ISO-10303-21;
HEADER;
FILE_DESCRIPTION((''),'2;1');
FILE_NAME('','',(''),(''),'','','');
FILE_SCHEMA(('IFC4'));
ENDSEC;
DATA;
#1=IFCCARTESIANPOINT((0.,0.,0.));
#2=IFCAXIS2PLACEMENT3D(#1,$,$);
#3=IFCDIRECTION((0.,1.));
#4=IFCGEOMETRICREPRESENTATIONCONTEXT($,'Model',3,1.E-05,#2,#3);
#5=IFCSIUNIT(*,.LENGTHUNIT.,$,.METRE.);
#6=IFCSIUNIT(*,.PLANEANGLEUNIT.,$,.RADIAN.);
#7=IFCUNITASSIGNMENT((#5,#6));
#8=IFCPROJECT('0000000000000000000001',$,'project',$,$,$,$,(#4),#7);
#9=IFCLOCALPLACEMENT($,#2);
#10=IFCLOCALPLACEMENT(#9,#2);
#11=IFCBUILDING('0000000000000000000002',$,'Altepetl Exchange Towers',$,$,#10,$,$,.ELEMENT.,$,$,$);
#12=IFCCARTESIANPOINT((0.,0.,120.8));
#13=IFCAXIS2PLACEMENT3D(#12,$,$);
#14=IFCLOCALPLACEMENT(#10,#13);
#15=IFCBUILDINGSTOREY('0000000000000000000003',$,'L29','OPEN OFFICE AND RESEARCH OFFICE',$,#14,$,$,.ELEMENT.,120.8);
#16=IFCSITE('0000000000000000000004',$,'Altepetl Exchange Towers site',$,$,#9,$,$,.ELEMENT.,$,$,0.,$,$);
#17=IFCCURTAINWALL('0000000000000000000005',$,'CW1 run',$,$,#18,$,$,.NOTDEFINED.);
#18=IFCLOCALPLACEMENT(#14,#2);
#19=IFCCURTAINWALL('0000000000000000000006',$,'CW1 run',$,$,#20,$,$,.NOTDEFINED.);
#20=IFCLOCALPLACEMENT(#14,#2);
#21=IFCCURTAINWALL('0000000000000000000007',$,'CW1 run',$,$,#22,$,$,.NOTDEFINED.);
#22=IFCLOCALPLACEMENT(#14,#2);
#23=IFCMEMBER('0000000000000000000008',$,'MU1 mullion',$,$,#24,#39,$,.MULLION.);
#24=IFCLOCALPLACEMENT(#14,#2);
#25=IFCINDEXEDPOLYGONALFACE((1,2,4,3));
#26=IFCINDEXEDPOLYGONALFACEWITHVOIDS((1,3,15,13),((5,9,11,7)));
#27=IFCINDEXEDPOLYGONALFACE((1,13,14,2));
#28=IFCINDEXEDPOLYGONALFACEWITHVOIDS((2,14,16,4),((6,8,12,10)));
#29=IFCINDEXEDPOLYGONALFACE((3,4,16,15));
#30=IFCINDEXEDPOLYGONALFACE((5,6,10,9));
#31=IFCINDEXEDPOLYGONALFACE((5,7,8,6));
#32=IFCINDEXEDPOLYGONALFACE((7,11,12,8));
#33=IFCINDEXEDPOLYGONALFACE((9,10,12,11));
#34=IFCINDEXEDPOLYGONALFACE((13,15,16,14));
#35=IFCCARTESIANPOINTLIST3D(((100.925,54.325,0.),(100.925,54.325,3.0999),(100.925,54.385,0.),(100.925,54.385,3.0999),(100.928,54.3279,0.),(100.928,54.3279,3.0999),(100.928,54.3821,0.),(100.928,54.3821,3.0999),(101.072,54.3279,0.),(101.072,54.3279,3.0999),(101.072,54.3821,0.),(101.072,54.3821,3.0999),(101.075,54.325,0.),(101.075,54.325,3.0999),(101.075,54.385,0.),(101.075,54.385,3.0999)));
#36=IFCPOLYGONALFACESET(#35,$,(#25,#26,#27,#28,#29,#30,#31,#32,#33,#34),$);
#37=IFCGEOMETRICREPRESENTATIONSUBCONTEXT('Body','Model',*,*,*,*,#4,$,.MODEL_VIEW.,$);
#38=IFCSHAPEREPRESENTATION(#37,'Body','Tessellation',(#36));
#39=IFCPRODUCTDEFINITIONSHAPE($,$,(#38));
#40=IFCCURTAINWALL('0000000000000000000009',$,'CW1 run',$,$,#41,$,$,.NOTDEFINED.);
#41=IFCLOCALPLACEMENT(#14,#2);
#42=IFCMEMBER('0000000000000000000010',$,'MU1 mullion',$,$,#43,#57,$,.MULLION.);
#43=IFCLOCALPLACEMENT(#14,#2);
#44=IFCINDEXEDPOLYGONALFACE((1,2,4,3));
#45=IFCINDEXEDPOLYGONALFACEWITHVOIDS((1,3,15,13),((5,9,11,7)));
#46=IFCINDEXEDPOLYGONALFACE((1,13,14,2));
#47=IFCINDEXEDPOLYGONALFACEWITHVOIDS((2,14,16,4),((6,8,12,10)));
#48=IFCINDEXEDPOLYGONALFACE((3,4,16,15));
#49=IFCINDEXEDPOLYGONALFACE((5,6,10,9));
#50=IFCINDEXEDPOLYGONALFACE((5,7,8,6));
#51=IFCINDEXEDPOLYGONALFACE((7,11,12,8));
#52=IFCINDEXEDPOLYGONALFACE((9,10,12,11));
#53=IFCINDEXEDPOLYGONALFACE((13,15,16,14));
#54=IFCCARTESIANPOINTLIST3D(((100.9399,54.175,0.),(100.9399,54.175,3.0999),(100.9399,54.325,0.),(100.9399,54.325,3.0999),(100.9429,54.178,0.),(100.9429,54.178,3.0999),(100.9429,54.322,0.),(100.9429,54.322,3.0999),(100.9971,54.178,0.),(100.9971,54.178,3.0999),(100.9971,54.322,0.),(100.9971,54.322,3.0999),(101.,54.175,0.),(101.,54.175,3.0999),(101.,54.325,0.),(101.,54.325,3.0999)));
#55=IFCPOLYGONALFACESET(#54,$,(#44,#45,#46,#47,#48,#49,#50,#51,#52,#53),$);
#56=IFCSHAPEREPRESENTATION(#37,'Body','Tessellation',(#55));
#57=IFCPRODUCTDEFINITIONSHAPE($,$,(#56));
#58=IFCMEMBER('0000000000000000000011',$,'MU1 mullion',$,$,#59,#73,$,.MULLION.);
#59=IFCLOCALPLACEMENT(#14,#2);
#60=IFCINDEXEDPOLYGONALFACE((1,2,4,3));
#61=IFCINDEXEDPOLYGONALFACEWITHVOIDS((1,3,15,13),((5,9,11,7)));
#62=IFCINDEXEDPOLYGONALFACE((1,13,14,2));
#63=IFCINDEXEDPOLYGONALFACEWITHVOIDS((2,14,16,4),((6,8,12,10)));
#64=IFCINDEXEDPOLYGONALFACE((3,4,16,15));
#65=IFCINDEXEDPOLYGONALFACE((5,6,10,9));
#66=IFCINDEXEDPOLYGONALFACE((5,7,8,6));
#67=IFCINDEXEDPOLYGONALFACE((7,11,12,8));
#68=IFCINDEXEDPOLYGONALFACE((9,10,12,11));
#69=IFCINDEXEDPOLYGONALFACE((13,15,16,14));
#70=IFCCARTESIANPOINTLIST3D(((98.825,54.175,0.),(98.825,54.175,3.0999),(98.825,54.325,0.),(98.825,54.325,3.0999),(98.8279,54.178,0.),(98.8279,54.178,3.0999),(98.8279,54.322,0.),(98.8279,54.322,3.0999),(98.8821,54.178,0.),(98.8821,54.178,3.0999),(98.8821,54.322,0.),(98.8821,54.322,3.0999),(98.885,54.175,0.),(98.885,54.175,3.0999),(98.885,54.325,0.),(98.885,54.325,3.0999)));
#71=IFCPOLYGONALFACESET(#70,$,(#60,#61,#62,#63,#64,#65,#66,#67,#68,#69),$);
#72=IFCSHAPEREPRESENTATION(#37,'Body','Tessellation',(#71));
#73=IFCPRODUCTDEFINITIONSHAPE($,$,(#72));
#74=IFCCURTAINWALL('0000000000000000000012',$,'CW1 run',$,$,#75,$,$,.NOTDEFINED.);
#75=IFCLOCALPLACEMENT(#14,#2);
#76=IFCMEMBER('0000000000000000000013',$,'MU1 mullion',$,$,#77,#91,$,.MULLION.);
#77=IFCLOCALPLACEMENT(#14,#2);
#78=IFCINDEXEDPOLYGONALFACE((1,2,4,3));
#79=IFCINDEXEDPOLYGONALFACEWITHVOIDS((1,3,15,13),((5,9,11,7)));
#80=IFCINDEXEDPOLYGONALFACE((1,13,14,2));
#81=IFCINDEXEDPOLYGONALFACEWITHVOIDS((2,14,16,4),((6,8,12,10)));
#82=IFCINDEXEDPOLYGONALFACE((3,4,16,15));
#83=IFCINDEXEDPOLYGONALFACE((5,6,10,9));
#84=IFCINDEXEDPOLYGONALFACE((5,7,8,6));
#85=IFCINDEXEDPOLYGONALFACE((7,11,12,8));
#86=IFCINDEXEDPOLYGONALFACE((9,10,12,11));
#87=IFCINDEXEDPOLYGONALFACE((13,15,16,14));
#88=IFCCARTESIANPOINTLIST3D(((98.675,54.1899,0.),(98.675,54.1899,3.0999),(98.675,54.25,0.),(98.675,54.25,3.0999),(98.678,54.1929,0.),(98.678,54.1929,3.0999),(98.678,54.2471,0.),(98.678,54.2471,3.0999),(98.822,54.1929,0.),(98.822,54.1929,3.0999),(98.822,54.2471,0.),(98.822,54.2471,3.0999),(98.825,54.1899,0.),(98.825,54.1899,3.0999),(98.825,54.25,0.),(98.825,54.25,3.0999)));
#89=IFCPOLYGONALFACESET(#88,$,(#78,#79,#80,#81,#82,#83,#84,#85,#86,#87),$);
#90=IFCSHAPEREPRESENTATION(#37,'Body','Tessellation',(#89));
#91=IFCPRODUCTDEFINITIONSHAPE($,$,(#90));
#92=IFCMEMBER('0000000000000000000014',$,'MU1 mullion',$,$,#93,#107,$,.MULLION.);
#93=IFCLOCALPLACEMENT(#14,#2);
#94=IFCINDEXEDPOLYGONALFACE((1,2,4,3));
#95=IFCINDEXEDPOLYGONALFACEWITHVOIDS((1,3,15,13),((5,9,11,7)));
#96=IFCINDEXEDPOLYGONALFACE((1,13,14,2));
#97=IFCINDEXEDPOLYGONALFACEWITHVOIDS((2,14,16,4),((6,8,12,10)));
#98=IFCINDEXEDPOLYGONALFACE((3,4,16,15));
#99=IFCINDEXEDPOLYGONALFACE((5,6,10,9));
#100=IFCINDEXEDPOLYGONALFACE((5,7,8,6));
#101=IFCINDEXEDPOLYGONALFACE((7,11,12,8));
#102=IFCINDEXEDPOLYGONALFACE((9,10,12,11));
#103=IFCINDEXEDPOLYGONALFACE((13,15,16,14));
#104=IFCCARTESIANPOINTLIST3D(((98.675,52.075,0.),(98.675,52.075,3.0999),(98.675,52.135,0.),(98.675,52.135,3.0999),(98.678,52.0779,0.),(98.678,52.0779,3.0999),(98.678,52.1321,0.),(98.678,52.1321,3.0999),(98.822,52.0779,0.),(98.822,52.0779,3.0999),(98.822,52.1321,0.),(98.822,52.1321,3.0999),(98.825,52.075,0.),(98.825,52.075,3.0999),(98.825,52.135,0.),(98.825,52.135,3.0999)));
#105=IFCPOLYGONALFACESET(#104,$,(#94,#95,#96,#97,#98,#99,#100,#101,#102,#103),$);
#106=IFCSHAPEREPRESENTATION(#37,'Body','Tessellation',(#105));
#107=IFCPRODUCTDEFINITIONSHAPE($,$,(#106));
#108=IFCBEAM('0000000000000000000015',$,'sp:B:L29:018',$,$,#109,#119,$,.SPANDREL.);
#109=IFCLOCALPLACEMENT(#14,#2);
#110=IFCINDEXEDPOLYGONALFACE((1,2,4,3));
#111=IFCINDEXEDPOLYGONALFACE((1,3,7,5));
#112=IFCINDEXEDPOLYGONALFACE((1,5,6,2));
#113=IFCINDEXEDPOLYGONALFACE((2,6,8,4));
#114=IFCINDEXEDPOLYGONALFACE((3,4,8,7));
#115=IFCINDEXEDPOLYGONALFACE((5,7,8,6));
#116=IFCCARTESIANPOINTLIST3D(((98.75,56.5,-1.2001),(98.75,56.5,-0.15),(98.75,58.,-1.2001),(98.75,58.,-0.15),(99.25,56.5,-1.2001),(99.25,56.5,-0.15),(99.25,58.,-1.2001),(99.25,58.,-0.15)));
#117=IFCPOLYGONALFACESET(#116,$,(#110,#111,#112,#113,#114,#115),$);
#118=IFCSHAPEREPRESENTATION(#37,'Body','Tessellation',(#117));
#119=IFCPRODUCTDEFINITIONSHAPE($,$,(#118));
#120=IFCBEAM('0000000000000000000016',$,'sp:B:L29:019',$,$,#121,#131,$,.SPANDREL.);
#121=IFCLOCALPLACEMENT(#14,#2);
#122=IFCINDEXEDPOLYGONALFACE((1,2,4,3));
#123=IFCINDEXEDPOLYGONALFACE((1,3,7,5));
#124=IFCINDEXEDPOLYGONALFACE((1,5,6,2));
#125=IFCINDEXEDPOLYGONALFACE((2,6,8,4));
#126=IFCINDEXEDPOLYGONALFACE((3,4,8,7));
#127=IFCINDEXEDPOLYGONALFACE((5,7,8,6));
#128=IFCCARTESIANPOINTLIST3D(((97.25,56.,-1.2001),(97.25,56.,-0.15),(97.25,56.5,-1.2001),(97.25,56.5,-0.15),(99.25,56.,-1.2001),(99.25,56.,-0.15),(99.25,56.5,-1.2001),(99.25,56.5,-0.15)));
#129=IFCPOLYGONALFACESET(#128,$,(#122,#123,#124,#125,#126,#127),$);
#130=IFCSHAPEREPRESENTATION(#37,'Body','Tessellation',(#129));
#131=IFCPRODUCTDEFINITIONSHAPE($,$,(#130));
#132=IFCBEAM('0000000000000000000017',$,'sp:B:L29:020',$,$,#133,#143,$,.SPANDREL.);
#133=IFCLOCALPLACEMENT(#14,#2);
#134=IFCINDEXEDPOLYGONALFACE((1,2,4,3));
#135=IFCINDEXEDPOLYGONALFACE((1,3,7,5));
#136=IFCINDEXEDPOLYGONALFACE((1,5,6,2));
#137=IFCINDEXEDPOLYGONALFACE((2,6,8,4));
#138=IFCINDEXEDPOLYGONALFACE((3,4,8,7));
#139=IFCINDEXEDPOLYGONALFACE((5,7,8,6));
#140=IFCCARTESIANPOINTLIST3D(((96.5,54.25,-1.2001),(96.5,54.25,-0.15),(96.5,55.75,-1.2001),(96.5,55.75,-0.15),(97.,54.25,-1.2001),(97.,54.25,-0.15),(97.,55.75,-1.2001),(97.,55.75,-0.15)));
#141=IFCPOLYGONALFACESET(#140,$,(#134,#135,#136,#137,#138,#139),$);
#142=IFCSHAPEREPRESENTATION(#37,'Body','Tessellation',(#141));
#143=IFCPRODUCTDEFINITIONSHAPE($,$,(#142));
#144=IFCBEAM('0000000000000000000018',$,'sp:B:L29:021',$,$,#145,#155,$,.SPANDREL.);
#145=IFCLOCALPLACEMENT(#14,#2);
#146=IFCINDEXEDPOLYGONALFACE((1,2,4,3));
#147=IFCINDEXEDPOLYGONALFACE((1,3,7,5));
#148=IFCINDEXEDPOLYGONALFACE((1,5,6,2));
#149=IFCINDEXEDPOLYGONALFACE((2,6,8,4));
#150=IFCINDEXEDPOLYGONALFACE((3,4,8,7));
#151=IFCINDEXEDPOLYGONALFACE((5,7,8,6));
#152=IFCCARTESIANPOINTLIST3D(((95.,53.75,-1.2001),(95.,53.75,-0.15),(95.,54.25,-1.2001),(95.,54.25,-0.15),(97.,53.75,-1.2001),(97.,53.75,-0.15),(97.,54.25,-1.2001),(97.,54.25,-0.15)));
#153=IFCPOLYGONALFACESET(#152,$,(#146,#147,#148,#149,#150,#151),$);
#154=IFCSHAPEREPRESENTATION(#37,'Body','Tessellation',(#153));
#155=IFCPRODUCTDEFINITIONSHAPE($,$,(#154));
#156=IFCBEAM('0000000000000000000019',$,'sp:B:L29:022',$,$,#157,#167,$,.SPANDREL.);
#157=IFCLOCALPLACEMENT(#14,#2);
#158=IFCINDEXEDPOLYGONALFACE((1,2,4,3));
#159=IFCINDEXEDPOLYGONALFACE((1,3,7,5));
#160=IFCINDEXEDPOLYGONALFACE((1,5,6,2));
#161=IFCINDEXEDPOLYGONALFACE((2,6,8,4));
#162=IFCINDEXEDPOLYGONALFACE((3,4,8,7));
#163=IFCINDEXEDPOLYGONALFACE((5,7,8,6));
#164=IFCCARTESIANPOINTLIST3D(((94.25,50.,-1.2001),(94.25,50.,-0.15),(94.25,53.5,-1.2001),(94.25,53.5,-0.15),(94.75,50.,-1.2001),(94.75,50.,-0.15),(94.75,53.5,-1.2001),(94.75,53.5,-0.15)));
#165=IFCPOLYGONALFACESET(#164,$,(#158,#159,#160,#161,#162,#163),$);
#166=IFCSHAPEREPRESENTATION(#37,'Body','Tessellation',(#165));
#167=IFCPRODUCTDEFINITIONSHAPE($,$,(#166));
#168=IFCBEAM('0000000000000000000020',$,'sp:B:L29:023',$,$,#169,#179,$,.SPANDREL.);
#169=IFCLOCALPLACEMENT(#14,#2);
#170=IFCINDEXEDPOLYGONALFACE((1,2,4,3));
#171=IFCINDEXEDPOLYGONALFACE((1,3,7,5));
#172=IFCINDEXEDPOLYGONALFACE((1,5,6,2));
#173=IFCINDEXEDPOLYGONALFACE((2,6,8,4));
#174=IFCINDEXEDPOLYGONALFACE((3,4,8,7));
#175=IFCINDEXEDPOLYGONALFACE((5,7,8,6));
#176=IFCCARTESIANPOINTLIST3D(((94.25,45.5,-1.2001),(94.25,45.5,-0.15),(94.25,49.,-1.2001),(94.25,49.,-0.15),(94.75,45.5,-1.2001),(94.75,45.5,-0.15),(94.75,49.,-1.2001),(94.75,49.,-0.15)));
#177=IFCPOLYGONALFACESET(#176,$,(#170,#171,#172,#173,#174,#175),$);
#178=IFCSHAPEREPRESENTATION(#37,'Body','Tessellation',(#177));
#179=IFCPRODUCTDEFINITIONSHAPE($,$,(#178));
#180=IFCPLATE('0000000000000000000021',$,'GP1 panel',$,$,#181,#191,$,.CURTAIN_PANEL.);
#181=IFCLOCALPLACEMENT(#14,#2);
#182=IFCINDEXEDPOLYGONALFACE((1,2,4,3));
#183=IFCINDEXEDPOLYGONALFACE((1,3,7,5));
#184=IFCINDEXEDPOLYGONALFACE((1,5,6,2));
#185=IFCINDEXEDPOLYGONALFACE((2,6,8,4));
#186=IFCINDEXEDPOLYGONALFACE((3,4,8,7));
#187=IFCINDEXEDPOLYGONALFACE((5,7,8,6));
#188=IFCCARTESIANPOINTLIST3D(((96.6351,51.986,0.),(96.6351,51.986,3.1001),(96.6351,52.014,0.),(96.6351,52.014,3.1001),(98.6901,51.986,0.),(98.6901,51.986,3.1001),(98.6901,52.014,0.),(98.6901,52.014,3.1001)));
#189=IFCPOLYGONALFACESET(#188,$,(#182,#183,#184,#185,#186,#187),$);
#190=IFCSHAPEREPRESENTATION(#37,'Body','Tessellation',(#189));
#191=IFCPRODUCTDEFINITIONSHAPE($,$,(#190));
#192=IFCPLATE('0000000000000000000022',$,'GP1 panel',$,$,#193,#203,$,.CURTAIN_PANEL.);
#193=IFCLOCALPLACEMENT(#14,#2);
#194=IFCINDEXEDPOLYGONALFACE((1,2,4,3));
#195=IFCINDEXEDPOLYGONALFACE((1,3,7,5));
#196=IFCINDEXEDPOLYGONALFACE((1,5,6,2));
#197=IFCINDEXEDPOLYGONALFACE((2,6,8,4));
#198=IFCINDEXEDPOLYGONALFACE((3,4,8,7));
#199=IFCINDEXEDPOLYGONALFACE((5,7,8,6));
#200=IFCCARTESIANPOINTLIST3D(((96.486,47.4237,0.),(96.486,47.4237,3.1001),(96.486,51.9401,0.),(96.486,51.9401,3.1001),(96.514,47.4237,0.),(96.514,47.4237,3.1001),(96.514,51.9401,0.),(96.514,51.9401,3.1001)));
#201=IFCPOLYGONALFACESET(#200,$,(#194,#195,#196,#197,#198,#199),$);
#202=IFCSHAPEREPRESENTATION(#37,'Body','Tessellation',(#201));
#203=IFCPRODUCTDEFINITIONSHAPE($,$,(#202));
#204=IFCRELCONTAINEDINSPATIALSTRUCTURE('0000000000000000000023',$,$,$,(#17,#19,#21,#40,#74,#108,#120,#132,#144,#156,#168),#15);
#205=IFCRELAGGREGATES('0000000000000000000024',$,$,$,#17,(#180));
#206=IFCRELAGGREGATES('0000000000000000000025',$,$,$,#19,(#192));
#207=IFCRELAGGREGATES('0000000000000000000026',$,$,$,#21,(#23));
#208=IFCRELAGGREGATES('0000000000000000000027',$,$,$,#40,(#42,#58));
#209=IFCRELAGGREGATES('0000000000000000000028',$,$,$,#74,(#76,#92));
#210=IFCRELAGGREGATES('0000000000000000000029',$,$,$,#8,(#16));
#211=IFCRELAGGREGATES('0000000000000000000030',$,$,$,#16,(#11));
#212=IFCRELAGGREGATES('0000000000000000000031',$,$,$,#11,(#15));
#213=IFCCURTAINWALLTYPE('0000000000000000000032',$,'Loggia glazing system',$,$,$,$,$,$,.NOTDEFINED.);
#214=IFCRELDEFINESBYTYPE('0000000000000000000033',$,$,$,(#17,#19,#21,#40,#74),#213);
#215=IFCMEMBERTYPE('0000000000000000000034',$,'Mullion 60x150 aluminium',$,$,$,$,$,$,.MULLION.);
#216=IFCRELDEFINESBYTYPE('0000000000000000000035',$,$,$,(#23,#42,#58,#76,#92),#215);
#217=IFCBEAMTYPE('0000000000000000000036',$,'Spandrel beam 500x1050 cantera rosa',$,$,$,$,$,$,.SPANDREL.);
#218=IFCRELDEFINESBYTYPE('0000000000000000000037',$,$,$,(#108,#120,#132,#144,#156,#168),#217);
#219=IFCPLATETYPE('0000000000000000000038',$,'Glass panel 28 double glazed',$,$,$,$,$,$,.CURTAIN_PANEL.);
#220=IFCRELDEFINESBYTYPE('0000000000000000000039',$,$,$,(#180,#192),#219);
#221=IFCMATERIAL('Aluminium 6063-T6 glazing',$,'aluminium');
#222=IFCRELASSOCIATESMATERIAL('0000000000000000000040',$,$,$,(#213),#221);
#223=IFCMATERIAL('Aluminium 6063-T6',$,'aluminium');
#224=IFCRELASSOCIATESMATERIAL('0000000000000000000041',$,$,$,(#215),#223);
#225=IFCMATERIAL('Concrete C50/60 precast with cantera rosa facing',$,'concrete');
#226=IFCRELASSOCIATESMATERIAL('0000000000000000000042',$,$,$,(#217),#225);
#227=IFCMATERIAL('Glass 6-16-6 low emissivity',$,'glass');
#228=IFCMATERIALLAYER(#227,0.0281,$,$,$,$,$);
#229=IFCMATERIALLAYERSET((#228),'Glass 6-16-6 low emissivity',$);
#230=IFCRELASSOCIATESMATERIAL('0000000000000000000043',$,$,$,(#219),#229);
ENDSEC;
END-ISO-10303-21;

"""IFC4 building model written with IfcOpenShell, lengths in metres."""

from ifc_helpers import new_model, si_unit, direction, frame, origin, origin_2d, place, context, subcontext, project, spatial, rectangle, hollow_rectangle, extrude, material, layer, layer_set, material_profile, profile_set, type_object, element, aggregate, save


model = new_model("IFC4")

# Units and contexts
model_context = context("Model", 3, precision=1e-05, world=origin(), true_north=direction((0.0, 1.0)))
body_context = subcontext(model_context, "Body", "Model", "MODEL_VIEW")
ifc_project = project(units=[si_unit("LENGTHUNIT", "METRE"), si_unit("PLANEANGLEUNIT", "RADIAN")], contexts=[model_context])

# Site, building, storey
site_placement = place(None, origin())
site = spatial("IfcSite", under=ifc_project, at=site_placement, Name="Altepetl Exchange Towers site", CompositionType="ELEMENT", RefElevation=0.0)
building_placement = place(site_placement, origin())
building = spatial("IfcBuilding", under=site, at=building_placement, Name="Altepetl Exchange Towers", CompositionType="ELEMENT")
storey_placement = place(building_placement, frame((0.0, 0.0, 120.8)))
storey = spatial("IfcBuildingStorey", under=building, at=storey_placement, Name="L29", Description="OPEN OFFICE AND RESEARCH OFFICE", CompositionType="ELEMENT", Elevation=120.8)

# Curtain walls, members
ifc_material_1 = material(Name="Aluminium 6063-T6 glazing", Category="aluminium")
curtain_wall_type = type_object("IfcCurtainWallType", Name="Loggia glazing system", PredefinedType="NOTDEFINED", material=ifc_material_1)
curtain_wall_1_placement = place(storey_placement, origin())
curtain_wall_1 = element("IfcCurtainWall", 1, at=curtain_wall_1_placement, inside=storey, type_object=curtain_wall_type, Name="CW1 run", PredefinedType="NOTDEFINED")
ifc_material_2 = material(Name="Aluminium 6063-T6", Category="aluminium")
ifc_material_profile_1 = material_profile(ifc_material_2, hollow_rectangle(XDim=0.0601, YDim=0.1499, WallThickness=0.0029, at=origin_2d()), Name="Mullion 60x150 aluminium")
ifc_profile_set_1 = profile_set([ifc_material_profile_1], Name="Aluminium 6063-T6")
member_type = type_object("IfcMemberType", Name="Mullion 60x150 aluminium", PredefinedType="MULLION", material=ifc_profile_set_1)
curtain_wall_2_placement = place(storey_placement, origin())
curtain_wall_2 = element("IfcCurtainWall", 2, at=curtain_wall_2_placement, inside=storey, type_object=curtain_wall_type, Name="CW1 run", PredefinedType="NOTDEFINED")
curtain_wall_3_placement = place(storey_placement, origin())
curtain_wall_3 = element("IfcCurtainWall", 3, at=curtain_wall_3_placement, inside=storey, type_object=curtain_wall_type, Name="CW1 run", PredefinedType="NOTDEFINED")
member_1_placement = place(storey_placement, frame((101.0, 54.355, 0.0), z_axis=(0.0, 0.0, 1.0), x_axis=(0.0, -1.0, 0.0)))
member_1 = element("IfcMember", 4, at=member_1_placement, type_object=member_type, Name="MU1 mullion", PredefinedType="MULLION", context=body_context, shape_type="SweptSolid", body=[
    extrude(hollow_rectangle(XDim=0.0601, YDim=0.1499, WallThickness=0.0029, at=origin_2d()), origin(), (0.0, 0.0, 1.0), 3.0999),
])
curtain_wall_4_placement = place(storey_placement, origin())
curtain_wall_4 = element("IfcCurtainWall", 5, at=curtain_wall_4_placement, inside=storey, type_object=curtain_wall_type, Name="CW1 run", PredefinedType="NOTDEFINED")
member_2_placement = place(storey_placement, frame((100.97, 54.25, 0.0), z_axis=(0.0, 0.0, 1.0), x_axis=(-1.0, 0.0, 0.0)))
member_2 = element("IfcMember", 6, at=member_2_placement, type_object=member_type, Name="MU1 mullion", PredefinedType="MULLION", context=body_context, shape_type="SweptSolid", body=[
    extrude(hollow_rectangle(XDim=0.0601, YDim=0.1499, WallThickness=0.0029, at=origin_2d()), origin(), (0.0, 0.0, 1.0), 3.0999),
])
member_3_placement = place(storey_placement, frame((98.855, 54.25, 0.0), z_axis=(0.0, 0.0, 1.0), x_axis=(-1.0, 0.0, 0.0)))
member_3 = element("IfcMember", 7, at=member_3_placement, type_object=member_type, Name="MU1 mullion", PredefinedType="MULLION", context=body_context, shape_type="SweptSolid", body=[
    extrude(hollow_rectangle(XDim=0.0601, YDim=0.1499, WallThickness=0.0029, at=origin_2d()), origin(), (0.0, 0.0, 1.0), 3.0999),
])
curtain_wall_5_placement = place(storey_placement, origin())
curtain_wall_5 = element("IfcCurtainWall", 8, at=curtain_wall_5_placement, inside=storey, type_object=curtain_wall_type, Name="CW1 run", PredefinedType="NOTDEFINED")
member_4_placement = place(storey_placement, frame((98.75, 54.22, 0.0), z_axis=(0.0, 0.0, 1.0), x_axis=(0.0, -1.0, 0.0)))
member_4 = element("IfcMember", 9, at=member_4_placement, type_object=member_type, Name="MU1 mullion", PredefinedType="MULLION", context=body_context, shape_type="SweptSolid", body=[
    extrude(hollow_rectangle(XDim=0.0601, YDim=0.1499, WallThickness=0.0029, at=origin_2d()), origin(), (0.0, 0.0, 1.0), 3.0999),
])
member_5_placement = place(storey_placement, frame((98.75, 52.105, 0.0), z_axis=(0.0, 0.0, 1.0), x_axis=(0.0, -1.0, 0.0)))
member_5 = element("IfcMember", 10, at=member_5_placement, type_object=member_type, Name="MU1 mullion", PredefinedType="MULLION", context=body_context, shape_type="SweptSolid", body=[
    extrude(hollow_rectangle(XDim=0.0601, YDim=0.1499, WallThickness=0.0029, at=origin_2d()), origin(), (0.0, 0.0, 1.0), 3.0999),
])

# Beams
ifc_material_3 = material(Name="Concrete C50/60 precast with cantera rosa facing", Category="concrete")
ifc_material_profile_2 = material_profile(ifc_material_3, rectangle(XDim=0.5, YDim=1.05, at=origin_2d()), Name="500 x 1050")
ifc_profile_set_2 = profile_set([ifc_material_profile_2], Name="Concrete C50/60 precast with cantera rosa facing")
beam_type_1 = type_object("IfcBeamType", Name="Spandrel beam 500x1050 cantera rosa", PredefinedType="SPANDREL", material=ifc_profile_set_2)
beam_1_placement = place(storey_placement, frame((99.0, 58.0, -0.675), z_axis=(0.0, -1.0, 0.0), x_axis=(1.0, 0.0, 0.0)))
element("IfcBeam", 11, at=beam_1_placement, inside=storey, type_object=beam_type_1, Name="sp:B:L29:018", PredefinedType="SPANDREL", context=body_context, shape_type="SweptSolid", body=[
    extrude(rectangle(XDim=0.5, YDim=1.05, at=origin_2d()), origin(), (0.0, 0.0, 1.0), 1.5),
])
beam_2_placement = place(storey_placement, frame((99.25, 56.25, -0.675), z_axis=(-1.0, 0.0, 0.0), x_axis=(0.0, -1.0, 0.0)))
element("IfcBeam", 12, at=beam_2_placement, inside=storey, type_object=beam_type_1, Name="sp:B:L29:019", PredefinedType="SPANDREL", context=body_context, shape_type="SweptSolid", body=[
    extrude(rectangle(XDim=0.5, YDim=1.05, at=origin_2d()), origin(), (0.0, 0.0, 1.0), 2.0),
])
beam_3_placement = place(storey_placement, frame((96.75, 55.75, -0.675), z_axis=(0.0, -1.0, 0.0), x_axis=(1.0, 0.0, 0.0)))
element("IfcBeam", 13, at=beam_3_placement, inside=storey, type_object=beam_type_1, Name="sp:B:L29:020", PredefinedType="SPANDREL", context=body_context, shape_type="SweptSolid", body=[
    extrude(rectangle(XDim=0.5, YDim=1.05, at=origin_2d()), origin(), (0.0, 0.0, 1.0), 1.5),
])
beam_4_placement = place(storey_placement, frame((97.0, 54.0, -0.675), z_axis=(-1.0, 0.0, 0.0), x_axis=(0.0, -1.0, 0.0)))
element("IfcBeam", 14, at=beam_4_placement, inside=storey, type_object=beam_type_1, Name="sp:B:L29:021", PredefinedType="SPANDREL", context=body_context, shape_type="SweptSolid", body=[
    extrude(rectangle(XDim=0.5, YDim=1.05, at=origin_2d()), origin(), (0.0, 0.0, 1.0), 2.0),
])
for number, where, z_axis, x_axis, name in (
    (15, (94.5, 53.5, -0.675), (0.0, -1.0, 0.0), (1.0, 0.0, 0.0), "sp:B:L29:022"),
    (16, (94.5, 49.0, -0.675), (0.0, -1.0, 0.0), (1.0, 0.0, 0.0), "sp:B:L29:023"),
):
    element("IfcBeam", number, at=place(storey_placement, frame(where, z_axis=z_axis, x_axis=x_axis)), inside=storey, type_object=beam_type_1, Name=name, PredefinedType="SPANDREL", context=body_context, shape_type="SweptSolid", body=[
        extrude(rectangle(XDim=0.5, YDim=1.05, at=origin_2d()), origin(), (0.0, 0.0, 1.0), 3.5),
    ])

# Plates
ifc_material_4 = material(Name="Glass 6-16-6 low emissivity", Category="glass")
ifc_layer_1 = layer(ifc_material_4, 0.0281)
ifc_layer_set_1 = layer_set([ifc_layer_1], Name="Glass 6-16-6 low emissivity")
plate_type = type_object("IfcPlateType", Name="Glass panel 28 double glazed", PredefinedType="CURTAIN_PANEL", material=ifc_layer_set_1)
plate_1_placement = place(storey_placement, frame((97.6626, 52.0, 0.0), z_axis=(0.0, 0.0, 1.0), x_axis=(-1.0, 0.0, 0.0)))
plate_1 = element("IfcPlate", 17, at=plate_1_placement, type_object=plate_type, Name="GP1 panel", PredefinedType="CURTAIN_PANEL", context=body_context, shape_type="SweptSolid", body=[
    extrude(rectangle(XDim=2.0549, YDim=0.0281, at=origin_2d()), origin(), (0.0, 0.0, 1.0), 3.1001),
])
aggregate(curtain_wall_1, [plate_1])
plate_2_placement = place(storey_placement, frame((96.5, 49.6819, 0.0), z_axis=(0.0, 0.0, 1.0), x_axis=(0.0, -1.0, 0.0)))
plate_2 = element("IfcPlate", 18, at=plate_2_placement, type_object=plate_type, Name="GP1 panel", PredefinedType="CURTAIN_PANEL", context=body_context, shape_type="SweptSolid", body=[
    extrude(rectangle(XDim=4.5164, YDim=0.0281, at=origin_2d()), origin(), (0.0, 0.0, 1.0), 3.1001),
])
aggregate(curtain_wall_2, [plate_2])
aggregate(curtain_wall_3, [member_1])
aggregate(curtain_wall_4, [member_2, member_3])
aggregate(curtain_wall_5, [member_4, member_5])

save(model, "model.ifc")
